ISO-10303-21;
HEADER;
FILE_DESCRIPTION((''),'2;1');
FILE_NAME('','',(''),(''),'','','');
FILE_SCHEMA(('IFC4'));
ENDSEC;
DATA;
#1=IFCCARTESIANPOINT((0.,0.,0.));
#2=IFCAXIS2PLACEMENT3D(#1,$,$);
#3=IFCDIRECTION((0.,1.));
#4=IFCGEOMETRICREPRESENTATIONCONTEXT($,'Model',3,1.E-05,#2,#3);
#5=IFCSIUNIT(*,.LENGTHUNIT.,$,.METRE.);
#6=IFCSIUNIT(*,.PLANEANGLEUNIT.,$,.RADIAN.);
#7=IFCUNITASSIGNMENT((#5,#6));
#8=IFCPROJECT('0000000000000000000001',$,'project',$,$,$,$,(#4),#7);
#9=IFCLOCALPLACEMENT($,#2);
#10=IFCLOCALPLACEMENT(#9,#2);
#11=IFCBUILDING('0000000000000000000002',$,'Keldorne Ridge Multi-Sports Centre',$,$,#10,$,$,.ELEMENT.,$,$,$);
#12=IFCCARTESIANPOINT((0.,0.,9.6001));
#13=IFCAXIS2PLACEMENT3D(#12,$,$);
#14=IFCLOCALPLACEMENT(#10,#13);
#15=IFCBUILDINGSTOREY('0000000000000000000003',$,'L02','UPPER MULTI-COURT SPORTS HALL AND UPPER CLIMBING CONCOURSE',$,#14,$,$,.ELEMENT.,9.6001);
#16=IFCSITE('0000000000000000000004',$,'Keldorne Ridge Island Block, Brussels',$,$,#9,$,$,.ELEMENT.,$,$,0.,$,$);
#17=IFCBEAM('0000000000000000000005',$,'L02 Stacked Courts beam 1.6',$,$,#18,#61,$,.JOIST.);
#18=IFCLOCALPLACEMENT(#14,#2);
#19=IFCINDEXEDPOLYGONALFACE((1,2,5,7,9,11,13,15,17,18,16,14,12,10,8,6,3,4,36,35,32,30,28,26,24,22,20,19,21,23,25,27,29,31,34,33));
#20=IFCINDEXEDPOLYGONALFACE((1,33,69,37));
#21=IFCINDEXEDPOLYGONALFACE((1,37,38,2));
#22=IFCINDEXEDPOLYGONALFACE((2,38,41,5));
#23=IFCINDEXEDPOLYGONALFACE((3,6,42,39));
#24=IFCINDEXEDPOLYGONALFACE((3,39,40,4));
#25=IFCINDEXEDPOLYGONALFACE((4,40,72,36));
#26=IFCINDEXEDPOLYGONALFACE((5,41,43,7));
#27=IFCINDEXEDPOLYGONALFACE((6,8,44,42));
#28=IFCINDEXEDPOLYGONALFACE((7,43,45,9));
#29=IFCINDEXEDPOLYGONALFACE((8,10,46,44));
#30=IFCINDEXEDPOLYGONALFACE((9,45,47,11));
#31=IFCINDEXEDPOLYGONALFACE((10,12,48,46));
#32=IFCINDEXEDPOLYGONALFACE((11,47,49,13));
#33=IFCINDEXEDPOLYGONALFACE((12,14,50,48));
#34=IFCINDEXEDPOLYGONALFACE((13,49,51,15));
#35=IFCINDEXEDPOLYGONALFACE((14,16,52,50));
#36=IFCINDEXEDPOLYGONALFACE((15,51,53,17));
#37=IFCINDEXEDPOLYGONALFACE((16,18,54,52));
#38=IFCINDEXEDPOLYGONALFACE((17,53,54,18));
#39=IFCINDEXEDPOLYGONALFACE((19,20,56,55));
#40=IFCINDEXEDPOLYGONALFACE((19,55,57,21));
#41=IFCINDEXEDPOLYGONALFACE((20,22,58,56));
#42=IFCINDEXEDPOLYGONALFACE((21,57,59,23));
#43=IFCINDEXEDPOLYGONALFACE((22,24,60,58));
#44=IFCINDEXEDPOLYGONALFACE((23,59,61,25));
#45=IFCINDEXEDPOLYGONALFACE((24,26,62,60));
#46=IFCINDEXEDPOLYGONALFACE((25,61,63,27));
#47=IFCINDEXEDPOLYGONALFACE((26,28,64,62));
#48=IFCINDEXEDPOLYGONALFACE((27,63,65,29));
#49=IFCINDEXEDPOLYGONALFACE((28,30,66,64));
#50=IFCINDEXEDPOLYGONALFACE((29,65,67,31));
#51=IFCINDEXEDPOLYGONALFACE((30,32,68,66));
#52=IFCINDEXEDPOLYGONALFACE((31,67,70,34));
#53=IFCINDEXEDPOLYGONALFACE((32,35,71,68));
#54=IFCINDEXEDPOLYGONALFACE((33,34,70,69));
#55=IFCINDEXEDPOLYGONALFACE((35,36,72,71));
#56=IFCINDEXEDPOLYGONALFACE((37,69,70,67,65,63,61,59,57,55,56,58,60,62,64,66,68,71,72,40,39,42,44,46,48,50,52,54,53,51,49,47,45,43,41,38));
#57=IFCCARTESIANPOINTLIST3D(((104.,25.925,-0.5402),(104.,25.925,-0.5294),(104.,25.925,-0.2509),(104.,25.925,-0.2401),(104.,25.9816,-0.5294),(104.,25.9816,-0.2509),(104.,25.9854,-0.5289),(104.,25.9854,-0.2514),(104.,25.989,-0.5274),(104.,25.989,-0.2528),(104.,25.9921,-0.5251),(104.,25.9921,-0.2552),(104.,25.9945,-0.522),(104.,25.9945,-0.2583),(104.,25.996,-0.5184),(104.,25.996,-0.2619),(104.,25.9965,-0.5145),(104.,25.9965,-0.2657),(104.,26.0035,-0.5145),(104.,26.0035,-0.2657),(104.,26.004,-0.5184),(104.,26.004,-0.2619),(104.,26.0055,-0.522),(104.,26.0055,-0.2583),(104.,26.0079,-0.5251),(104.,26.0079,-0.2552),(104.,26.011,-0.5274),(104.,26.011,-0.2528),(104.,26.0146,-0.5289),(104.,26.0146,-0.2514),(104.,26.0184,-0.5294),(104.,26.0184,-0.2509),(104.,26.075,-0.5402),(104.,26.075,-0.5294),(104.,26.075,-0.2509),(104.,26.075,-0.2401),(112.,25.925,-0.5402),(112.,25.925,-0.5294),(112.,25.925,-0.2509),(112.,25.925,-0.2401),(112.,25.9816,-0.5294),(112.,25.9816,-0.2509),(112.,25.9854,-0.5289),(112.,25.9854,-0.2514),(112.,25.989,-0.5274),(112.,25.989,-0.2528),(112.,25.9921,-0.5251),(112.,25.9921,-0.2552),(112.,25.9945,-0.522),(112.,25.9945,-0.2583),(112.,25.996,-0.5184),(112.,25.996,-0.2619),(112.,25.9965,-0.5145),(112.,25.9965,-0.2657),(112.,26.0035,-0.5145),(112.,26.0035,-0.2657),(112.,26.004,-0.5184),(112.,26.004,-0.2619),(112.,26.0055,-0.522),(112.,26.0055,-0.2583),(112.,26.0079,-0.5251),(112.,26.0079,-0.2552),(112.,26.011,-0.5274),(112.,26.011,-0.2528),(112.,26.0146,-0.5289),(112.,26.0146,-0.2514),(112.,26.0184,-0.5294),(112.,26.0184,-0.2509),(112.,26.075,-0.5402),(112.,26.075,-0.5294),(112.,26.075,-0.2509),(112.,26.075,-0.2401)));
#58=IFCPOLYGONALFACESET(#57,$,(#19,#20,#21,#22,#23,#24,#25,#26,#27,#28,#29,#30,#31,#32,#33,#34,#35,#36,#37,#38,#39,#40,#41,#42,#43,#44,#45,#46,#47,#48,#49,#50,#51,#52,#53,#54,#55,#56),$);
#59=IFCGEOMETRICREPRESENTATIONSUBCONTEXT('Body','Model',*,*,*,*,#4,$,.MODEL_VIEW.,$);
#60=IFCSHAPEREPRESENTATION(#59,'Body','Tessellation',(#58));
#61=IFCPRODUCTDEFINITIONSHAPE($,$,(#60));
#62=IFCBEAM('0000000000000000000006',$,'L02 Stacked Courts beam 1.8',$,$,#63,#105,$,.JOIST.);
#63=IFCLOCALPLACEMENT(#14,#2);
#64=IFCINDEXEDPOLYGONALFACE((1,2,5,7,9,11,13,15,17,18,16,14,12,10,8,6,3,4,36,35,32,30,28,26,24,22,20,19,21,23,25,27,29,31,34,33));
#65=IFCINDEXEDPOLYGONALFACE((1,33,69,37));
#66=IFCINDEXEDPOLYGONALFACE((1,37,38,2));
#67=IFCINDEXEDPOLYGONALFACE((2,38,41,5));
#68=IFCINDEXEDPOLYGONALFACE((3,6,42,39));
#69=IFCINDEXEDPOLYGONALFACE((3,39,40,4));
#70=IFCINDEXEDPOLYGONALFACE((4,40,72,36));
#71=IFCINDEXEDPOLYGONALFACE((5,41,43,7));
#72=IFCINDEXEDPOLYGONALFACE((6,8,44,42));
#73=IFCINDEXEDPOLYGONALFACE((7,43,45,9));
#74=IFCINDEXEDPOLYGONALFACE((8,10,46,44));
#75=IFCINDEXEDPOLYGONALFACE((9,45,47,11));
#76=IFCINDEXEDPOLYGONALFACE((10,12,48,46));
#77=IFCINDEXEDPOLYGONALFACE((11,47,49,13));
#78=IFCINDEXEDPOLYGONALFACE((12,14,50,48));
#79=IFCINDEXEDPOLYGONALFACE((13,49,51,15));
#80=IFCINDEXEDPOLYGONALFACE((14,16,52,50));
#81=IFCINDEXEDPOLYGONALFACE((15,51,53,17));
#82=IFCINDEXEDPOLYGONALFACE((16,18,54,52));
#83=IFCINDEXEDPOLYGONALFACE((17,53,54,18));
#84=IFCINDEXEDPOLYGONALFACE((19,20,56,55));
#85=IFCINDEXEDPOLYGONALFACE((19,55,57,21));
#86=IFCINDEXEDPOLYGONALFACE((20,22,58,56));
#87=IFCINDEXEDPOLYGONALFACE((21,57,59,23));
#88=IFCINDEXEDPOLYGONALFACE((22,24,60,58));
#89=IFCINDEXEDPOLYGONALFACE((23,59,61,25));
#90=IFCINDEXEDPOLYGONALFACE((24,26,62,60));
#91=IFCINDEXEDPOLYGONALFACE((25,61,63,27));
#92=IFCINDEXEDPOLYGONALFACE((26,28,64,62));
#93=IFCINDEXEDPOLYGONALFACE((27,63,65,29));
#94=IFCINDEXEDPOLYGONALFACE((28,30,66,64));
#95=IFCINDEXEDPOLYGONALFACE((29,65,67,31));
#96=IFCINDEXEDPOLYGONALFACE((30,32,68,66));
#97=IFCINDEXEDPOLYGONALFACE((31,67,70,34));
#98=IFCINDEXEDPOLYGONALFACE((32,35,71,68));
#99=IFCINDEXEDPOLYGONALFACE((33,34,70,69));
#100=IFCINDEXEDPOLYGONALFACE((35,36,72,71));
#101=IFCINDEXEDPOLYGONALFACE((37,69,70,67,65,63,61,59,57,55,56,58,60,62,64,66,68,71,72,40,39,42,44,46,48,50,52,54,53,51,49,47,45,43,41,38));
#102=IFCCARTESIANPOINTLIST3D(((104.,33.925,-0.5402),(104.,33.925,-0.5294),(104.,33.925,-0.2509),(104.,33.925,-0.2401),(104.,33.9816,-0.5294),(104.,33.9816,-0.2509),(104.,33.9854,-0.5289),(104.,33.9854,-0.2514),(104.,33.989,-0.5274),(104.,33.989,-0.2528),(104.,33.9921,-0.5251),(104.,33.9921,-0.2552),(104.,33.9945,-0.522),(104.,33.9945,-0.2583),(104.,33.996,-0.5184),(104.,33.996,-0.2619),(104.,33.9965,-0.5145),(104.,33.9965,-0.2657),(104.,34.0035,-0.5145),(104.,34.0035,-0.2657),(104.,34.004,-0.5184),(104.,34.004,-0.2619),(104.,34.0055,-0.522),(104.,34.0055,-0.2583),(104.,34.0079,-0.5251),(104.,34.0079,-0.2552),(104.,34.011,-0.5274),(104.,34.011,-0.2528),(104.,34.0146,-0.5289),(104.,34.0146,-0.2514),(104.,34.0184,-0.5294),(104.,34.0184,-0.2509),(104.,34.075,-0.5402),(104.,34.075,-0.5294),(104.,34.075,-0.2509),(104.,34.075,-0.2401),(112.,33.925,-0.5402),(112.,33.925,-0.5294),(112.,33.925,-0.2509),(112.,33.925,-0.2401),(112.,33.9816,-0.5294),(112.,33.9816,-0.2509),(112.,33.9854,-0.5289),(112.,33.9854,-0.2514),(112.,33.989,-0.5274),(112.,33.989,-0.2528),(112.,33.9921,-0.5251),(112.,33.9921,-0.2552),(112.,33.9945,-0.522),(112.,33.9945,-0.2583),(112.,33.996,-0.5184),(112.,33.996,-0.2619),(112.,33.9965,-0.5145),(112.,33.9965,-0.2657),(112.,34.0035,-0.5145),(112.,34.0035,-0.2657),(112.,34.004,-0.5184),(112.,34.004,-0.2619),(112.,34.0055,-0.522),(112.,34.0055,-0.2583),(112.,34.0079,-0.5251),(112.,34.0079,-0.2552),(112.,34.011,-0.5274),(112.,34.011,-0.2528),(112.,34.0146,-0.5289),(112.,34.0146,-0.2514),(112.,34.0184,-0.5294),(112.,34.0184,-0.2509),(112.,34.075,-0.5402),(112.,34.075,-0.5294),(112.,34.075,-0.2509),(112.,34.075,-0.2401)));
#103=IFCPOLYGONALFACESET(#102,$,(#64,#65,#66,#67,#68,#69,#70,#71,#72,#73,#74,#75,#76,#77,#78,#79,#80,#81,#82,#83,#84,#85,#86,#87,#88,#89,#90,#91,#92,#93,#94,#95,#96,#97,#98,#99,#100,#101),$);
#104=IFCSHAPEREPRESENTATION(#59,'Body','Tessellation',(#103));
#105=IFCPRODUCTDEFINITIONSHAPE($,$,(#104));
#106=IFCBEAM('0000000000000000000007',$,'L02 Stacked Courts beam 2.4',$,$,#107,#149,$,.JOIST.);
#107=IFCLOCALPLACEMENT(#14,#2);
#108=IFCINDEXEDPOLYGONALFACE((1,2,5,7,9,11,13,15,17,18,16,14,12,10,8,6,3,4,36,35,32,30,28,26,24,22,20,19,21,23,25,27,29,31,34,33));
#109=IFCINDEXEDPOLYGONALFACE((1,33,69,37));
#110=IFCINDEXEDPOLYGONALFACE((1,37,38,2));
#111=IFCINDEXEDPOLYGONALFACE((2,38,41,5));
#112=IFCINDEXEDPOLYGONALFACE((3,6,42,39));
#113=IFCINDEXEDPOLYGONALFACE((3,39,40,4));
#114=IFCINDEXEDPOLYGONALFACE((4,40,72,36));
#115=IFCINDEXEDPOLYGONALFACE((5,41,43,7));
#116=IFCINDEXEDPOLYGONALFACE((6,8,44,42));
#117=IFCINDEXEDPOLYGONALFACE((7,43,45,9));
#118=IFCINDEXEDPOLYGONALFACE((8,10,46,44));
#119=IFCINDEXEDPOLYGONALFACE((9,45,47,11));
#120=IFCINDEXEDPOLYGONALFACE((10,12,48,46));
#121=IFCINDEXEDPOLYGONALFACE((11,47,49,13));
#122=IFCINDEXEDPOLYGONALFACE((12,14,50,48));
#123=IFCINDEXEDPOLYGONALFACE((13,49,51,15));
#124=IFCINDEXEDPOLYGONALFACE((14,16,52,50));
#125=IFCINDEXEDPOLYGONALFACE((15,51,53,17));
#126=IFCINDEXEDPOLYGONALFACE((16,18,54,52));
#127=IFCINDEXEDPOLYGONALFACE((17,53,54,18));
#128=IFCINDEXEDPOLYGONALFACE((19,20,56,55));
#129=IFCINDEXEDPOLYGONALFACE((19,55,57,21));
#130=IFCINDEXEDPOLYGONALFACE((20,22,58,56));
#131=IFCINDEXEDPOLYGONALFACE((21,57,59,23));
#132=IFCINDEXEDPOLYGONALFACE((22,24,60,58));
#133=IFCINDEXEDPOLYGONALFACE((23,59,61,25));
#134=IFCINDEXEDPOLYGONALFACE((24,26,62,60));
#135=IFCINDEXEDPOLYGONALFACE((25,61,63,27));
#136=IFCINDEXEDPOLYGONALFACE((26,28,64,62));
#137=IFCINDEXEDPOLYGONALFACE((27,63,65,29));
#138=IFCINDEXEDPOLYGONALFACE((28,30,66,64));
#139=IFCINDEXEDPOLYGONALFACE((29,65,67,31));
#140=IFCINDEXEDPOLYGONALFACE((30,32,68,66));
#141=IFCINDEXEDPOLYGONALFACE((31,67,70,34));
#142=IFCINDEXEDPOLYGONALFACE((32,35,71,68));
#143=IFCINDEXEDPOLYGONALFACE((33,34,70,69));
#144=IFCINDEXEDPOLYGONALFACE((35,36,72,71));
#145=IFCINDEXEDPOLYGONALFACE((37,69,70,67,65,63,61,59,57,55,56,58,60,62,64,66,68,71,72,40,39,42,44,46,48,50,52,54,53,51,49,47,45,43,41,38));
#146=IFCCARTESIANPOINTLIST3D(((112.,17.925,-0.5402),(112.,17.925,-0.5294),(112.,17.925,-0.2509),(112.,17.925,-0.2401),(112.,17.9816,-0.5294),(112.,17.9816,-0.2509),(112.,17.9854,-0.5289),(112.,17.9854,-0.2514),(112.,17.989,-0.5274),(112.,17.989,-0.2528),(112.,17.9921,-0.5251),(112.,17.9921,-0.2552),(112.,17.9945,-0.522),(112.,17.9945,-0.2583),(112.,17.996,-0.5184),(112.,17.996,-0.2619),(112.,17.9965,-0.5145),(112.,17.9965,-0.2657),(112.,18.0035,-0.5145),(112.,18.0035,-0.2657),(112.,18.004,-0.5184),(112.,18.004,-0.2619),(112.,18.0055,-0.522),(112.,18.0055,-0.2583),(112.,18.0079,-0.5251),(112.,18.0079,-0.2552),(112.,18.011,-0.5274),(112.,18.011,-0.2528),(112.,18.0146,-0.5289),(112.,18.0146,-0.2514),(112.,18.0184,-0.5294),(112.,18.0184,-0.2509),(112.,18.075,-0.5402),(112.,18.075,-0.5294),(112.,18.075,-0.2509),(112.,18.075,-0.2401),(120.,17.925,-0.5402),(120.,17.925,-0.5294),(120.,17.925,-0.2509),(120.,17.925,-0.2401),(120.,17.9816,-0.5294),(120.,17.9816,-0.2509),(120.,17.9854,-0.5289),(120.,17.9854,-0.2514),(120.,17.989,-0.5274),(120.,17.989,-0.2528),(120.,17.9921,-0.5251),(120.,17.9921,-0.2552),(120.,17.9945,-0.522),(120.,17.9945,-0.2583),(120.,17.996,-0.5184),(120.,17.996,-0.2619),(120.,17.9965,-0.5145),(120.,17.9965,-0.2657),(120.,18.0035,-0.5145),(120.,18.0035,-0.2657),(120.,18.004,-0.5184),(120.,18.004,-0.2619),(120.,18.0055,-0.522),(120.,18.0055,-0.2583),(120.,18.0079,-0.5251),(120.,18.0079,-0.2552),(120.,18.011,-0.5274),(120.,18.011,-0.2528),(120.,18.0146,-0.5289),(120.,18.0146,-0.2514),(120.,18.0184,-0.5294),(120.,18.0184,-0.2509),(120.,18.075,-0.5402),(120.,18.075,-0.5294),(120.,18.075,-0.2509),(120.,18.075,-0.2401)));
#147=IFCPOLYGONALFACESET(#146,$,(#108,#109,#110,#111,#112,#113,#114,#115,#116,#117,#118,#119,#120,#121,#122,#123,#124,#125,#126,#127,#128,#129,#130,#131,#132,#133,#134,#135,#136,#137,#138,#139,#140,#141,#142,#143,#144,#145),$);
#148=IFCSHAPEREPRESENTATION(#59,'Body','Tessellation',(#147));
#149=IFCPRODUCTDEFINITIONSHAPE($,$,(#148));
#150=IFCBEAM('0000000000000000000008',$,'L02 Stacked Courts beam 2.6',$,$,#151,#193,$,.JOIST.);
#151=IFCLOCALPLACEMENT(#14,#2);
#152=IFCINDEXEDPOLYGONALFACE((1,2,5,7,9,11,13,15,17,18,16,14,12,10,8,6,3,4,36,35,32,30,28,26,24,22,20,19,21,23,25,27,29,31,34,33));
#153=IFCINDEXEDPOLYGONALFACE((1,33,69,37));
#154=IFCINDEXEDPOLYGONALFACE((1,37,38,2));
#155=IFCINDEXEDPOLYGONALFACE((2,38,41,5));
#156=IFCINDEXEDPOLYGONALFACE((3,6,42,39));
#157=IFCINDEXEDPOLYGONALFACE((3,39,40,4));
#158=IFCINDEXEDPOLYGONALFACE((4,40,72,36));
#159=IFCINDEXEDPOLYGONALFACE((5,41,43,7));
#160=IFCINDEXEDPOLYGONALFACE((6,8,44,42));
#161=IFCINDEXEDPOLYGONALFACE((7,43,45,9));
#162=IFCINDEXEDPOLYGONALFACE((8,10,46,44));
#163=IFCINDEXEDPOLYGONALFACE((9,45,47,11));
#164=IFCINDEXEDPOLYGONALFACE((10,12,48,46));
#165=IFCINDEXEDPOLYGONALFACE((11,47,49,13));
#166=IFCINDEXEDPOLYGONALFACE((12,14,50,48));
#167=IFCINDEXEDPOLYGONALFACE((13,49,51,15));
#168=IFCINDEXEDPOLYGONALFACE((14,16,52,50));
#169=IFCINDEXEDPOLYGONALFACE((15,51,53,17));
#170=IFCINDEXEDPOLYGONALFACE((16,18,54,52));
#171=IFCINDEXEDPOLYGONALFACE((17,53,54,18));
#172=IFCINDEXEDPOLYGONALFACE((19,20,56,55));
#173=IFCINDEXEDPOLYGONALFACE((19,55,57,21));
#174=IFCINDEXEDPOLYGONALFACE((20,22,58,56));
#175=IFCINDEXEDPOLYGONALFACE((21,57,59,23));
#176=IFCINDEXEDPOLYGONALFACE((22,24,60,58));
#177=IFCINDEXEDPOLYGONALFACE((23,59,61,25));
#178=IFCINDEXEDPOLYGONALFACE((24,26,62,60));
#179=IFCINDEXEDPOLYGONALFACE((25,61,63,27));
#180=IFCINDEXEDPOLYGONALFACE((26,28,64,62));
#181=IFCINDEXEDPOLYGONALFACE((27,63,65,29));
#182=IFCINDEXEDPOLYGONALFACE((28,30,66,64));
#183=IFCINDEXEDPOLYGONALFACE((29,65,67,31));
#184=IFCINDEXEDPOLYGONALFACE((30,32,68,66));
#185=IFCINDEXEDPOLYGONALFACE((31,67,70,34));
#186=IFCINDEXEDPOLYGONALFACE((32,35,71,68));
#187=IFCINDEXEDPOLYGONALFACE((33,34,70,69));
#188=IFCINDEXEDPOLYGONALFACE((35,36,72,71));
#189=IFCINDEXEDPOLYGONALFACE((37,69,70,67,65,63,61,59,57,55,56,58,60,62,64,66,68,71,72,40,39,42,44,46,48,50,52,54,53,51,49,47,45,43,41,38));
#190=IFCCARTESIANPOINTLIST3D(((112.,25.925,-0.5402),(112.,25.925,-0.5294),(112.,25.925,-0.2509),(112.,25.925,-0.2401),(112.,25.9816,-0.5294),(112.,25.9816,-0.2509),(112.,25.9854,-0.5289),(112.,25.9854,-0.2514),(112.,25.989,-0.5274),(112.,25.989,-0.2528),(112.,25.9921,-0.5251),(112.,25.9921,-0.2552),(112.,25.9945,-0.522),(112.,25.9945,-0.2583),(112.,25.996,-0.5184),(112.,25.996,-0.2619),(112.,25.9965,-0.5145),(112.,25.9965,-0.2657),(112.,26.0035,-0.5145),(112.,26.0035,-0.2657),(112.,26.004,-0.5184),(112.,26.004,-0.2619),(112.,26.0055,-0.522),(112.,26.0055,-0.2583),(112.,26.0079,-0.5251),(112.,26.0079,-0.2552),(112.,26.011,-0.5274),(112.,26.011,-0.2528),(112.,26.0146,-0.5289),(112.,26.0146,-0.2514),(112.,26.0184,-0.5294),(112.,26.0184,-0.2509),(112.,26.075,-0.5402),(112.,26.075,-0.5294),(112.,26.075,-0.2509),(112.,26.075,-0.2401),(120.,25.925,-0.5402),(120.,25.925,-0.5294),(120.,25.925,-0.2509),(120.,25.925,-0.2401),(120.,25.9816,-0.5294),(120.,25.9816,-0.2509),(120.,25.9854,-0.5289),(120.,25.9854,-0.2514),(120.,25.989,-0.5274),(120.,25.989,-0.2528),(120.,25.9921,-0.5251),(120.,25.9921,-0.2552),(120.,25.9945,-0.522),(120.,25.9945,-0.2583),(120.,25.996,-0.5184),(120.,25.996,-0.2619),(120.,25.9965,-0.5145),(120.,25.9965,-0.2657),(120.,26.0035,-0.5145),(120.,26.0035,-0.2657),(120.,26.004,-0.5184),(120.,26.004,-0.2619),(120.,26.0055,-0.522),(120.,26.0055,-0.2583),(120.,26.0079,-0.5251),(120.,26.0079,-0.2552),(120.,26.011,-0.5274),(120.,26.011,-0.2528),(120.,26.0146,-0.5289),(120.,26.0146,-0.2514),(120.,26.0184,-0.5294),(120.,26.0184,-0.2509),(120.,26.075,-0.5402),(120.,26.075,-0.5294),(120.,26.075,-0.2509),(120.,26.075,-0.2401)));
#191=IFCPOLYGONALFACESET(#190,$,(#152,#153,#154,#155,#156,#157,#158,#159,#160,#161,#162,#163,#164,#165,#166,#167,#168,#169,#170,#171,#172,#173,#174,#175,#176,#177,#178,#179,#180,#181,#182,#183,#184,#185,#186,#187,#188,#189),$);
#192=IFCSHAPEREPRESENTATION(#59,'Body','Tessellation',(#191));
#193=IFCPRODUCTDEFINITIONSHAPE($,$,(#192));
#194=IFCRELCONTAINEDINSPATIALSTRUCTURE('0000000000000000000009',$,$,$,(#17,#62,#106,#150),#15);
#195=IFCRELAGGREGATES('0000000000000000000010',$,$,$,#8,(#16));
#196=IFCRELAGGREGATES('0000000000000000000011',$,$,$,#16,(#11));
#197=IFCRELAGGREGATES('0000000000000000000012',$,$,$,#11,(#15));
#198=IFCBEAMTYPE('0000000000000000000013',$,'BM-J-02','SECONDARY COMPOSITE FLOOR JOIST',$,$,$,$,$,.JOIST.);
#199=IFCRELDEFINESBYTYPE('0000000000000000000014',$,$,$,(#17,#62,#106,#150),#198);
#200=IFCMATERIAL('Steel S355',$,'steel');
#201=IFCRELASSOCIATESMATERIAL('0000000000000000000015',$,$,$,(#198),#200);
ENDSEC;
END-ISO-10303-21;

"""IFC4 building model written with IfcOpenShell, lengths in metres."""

from ifc_helpers import new_model, si_unit, direction, frame, origin, origin_2d, place, context, subcontext, project, spatial, i_section, extrude, material, material_profile, profile_set, type_object, element, save


model = new_model("IFC4")

# Units and contexts
model_context = context("Model", 3, precision=1e-05, world=origin(), true_north=direction((0.0, 1.0)))
body_context = subcontext(model_context, "Body", "Model", "MODEL_VIEW")
ifc_project = project(units=[si_unit("LENGTHUNIT", "METRE"), si_unit("PLANEANGLEUNIT", "RADIAN")], contexts=[model_context])

# Site, building, storey
site_placement = place(None, origin())
site = spatial("IfcSite", under=ifc_project, at=site_placement, Name="Keldorne Ridge Island Block, Brussels", CompositionType="ELEMENT", RefElevation=0.0)
building_placement = place(site_placement, origin())
building = spatial("IfcBuilding", under=site, at=building_placement, Name="Keldorne Ridge Multi-Sports Centre", CompositionType="ELEMENT")
storey_placement = place(building_placement, frame((0.0, 0.0, 9.6001)))
storey = spatial("IfcBuildingStorey", under=building, at=storey_placement, Name="L02", Description="UPPER MULTI-COURT SPORTS HALL AND UPPER CLIMBING CONCOURSE", CompositionType="ELEMENT", Elevation=9.6001)

# Shared definitions
ifc_material_1 = material(Name="Steel S355", Category="steel")

# Beams
ifc_material_profile_1 = material_profile(ifc_material_1, i_section(OverallWidth=0.1499, OverallDepth=0.3, WebThickness=0.0071, FlangeThickness=0.0107, FilletRadius=0.0149, at=origin_2d()), Name="IPE 300")
ifc_profile_set_1 = profile_set([ifc_material_profile_1], Name="Steel S355")
beam_type_1 = type_object("IfcBeamType", Name="BM-J-02", Description="SECONDARY COMPOSITE FLOOR JOIST", PredefinedType="JOIST", material=ifc_profile_set_1)
for number, where, z_axis, x_axis, name in (
    (1, (104.0, 26.0, -0.3901), (1.0, 0.0, 0.0), (0.0, 1.0, 0.0), "L02 Stacked Courts beam 1.6"),
    (2, (104.0, 34.0, -0.3901), (1.0, 0.0, 0.0), (0.0, 1.0, 0.0), "L02 Stacked Courts beam 1.8"),
    (3, (112.0, 18.0, -0.3901), (1.0, 0.0, 0.0), (0.0, 1.0, 0.0), "L02 Stacked Courts beam 2.4"),
    (4, (112.0, 26.0, -0.3901), (1.0, 0.0, 0.0), (0.0, 1.0, 0.0), "L02 Stacked Courts beam 2.6"),
):
    element("IfcBeam", number, at=place(storey_placement, frame(where, z_axis=z_axis, x_axis=x_axis)), inside=storey, type_object=beam_type_1, Name=name, PredefinedType="JOIST", context=body_context, shape_type="SweptSolid", body=[
        extrude(i_section(OverallWidth=0.1499, OverallDepth=0.3, WebThickness=0.0071, FlangeThickness=0.0107, FilletRadius=0.0149, at=origin_2d()), origin(), (0.0, 0.0, 1.0), 8.0),
    ])

save(model, "model.ifc")
